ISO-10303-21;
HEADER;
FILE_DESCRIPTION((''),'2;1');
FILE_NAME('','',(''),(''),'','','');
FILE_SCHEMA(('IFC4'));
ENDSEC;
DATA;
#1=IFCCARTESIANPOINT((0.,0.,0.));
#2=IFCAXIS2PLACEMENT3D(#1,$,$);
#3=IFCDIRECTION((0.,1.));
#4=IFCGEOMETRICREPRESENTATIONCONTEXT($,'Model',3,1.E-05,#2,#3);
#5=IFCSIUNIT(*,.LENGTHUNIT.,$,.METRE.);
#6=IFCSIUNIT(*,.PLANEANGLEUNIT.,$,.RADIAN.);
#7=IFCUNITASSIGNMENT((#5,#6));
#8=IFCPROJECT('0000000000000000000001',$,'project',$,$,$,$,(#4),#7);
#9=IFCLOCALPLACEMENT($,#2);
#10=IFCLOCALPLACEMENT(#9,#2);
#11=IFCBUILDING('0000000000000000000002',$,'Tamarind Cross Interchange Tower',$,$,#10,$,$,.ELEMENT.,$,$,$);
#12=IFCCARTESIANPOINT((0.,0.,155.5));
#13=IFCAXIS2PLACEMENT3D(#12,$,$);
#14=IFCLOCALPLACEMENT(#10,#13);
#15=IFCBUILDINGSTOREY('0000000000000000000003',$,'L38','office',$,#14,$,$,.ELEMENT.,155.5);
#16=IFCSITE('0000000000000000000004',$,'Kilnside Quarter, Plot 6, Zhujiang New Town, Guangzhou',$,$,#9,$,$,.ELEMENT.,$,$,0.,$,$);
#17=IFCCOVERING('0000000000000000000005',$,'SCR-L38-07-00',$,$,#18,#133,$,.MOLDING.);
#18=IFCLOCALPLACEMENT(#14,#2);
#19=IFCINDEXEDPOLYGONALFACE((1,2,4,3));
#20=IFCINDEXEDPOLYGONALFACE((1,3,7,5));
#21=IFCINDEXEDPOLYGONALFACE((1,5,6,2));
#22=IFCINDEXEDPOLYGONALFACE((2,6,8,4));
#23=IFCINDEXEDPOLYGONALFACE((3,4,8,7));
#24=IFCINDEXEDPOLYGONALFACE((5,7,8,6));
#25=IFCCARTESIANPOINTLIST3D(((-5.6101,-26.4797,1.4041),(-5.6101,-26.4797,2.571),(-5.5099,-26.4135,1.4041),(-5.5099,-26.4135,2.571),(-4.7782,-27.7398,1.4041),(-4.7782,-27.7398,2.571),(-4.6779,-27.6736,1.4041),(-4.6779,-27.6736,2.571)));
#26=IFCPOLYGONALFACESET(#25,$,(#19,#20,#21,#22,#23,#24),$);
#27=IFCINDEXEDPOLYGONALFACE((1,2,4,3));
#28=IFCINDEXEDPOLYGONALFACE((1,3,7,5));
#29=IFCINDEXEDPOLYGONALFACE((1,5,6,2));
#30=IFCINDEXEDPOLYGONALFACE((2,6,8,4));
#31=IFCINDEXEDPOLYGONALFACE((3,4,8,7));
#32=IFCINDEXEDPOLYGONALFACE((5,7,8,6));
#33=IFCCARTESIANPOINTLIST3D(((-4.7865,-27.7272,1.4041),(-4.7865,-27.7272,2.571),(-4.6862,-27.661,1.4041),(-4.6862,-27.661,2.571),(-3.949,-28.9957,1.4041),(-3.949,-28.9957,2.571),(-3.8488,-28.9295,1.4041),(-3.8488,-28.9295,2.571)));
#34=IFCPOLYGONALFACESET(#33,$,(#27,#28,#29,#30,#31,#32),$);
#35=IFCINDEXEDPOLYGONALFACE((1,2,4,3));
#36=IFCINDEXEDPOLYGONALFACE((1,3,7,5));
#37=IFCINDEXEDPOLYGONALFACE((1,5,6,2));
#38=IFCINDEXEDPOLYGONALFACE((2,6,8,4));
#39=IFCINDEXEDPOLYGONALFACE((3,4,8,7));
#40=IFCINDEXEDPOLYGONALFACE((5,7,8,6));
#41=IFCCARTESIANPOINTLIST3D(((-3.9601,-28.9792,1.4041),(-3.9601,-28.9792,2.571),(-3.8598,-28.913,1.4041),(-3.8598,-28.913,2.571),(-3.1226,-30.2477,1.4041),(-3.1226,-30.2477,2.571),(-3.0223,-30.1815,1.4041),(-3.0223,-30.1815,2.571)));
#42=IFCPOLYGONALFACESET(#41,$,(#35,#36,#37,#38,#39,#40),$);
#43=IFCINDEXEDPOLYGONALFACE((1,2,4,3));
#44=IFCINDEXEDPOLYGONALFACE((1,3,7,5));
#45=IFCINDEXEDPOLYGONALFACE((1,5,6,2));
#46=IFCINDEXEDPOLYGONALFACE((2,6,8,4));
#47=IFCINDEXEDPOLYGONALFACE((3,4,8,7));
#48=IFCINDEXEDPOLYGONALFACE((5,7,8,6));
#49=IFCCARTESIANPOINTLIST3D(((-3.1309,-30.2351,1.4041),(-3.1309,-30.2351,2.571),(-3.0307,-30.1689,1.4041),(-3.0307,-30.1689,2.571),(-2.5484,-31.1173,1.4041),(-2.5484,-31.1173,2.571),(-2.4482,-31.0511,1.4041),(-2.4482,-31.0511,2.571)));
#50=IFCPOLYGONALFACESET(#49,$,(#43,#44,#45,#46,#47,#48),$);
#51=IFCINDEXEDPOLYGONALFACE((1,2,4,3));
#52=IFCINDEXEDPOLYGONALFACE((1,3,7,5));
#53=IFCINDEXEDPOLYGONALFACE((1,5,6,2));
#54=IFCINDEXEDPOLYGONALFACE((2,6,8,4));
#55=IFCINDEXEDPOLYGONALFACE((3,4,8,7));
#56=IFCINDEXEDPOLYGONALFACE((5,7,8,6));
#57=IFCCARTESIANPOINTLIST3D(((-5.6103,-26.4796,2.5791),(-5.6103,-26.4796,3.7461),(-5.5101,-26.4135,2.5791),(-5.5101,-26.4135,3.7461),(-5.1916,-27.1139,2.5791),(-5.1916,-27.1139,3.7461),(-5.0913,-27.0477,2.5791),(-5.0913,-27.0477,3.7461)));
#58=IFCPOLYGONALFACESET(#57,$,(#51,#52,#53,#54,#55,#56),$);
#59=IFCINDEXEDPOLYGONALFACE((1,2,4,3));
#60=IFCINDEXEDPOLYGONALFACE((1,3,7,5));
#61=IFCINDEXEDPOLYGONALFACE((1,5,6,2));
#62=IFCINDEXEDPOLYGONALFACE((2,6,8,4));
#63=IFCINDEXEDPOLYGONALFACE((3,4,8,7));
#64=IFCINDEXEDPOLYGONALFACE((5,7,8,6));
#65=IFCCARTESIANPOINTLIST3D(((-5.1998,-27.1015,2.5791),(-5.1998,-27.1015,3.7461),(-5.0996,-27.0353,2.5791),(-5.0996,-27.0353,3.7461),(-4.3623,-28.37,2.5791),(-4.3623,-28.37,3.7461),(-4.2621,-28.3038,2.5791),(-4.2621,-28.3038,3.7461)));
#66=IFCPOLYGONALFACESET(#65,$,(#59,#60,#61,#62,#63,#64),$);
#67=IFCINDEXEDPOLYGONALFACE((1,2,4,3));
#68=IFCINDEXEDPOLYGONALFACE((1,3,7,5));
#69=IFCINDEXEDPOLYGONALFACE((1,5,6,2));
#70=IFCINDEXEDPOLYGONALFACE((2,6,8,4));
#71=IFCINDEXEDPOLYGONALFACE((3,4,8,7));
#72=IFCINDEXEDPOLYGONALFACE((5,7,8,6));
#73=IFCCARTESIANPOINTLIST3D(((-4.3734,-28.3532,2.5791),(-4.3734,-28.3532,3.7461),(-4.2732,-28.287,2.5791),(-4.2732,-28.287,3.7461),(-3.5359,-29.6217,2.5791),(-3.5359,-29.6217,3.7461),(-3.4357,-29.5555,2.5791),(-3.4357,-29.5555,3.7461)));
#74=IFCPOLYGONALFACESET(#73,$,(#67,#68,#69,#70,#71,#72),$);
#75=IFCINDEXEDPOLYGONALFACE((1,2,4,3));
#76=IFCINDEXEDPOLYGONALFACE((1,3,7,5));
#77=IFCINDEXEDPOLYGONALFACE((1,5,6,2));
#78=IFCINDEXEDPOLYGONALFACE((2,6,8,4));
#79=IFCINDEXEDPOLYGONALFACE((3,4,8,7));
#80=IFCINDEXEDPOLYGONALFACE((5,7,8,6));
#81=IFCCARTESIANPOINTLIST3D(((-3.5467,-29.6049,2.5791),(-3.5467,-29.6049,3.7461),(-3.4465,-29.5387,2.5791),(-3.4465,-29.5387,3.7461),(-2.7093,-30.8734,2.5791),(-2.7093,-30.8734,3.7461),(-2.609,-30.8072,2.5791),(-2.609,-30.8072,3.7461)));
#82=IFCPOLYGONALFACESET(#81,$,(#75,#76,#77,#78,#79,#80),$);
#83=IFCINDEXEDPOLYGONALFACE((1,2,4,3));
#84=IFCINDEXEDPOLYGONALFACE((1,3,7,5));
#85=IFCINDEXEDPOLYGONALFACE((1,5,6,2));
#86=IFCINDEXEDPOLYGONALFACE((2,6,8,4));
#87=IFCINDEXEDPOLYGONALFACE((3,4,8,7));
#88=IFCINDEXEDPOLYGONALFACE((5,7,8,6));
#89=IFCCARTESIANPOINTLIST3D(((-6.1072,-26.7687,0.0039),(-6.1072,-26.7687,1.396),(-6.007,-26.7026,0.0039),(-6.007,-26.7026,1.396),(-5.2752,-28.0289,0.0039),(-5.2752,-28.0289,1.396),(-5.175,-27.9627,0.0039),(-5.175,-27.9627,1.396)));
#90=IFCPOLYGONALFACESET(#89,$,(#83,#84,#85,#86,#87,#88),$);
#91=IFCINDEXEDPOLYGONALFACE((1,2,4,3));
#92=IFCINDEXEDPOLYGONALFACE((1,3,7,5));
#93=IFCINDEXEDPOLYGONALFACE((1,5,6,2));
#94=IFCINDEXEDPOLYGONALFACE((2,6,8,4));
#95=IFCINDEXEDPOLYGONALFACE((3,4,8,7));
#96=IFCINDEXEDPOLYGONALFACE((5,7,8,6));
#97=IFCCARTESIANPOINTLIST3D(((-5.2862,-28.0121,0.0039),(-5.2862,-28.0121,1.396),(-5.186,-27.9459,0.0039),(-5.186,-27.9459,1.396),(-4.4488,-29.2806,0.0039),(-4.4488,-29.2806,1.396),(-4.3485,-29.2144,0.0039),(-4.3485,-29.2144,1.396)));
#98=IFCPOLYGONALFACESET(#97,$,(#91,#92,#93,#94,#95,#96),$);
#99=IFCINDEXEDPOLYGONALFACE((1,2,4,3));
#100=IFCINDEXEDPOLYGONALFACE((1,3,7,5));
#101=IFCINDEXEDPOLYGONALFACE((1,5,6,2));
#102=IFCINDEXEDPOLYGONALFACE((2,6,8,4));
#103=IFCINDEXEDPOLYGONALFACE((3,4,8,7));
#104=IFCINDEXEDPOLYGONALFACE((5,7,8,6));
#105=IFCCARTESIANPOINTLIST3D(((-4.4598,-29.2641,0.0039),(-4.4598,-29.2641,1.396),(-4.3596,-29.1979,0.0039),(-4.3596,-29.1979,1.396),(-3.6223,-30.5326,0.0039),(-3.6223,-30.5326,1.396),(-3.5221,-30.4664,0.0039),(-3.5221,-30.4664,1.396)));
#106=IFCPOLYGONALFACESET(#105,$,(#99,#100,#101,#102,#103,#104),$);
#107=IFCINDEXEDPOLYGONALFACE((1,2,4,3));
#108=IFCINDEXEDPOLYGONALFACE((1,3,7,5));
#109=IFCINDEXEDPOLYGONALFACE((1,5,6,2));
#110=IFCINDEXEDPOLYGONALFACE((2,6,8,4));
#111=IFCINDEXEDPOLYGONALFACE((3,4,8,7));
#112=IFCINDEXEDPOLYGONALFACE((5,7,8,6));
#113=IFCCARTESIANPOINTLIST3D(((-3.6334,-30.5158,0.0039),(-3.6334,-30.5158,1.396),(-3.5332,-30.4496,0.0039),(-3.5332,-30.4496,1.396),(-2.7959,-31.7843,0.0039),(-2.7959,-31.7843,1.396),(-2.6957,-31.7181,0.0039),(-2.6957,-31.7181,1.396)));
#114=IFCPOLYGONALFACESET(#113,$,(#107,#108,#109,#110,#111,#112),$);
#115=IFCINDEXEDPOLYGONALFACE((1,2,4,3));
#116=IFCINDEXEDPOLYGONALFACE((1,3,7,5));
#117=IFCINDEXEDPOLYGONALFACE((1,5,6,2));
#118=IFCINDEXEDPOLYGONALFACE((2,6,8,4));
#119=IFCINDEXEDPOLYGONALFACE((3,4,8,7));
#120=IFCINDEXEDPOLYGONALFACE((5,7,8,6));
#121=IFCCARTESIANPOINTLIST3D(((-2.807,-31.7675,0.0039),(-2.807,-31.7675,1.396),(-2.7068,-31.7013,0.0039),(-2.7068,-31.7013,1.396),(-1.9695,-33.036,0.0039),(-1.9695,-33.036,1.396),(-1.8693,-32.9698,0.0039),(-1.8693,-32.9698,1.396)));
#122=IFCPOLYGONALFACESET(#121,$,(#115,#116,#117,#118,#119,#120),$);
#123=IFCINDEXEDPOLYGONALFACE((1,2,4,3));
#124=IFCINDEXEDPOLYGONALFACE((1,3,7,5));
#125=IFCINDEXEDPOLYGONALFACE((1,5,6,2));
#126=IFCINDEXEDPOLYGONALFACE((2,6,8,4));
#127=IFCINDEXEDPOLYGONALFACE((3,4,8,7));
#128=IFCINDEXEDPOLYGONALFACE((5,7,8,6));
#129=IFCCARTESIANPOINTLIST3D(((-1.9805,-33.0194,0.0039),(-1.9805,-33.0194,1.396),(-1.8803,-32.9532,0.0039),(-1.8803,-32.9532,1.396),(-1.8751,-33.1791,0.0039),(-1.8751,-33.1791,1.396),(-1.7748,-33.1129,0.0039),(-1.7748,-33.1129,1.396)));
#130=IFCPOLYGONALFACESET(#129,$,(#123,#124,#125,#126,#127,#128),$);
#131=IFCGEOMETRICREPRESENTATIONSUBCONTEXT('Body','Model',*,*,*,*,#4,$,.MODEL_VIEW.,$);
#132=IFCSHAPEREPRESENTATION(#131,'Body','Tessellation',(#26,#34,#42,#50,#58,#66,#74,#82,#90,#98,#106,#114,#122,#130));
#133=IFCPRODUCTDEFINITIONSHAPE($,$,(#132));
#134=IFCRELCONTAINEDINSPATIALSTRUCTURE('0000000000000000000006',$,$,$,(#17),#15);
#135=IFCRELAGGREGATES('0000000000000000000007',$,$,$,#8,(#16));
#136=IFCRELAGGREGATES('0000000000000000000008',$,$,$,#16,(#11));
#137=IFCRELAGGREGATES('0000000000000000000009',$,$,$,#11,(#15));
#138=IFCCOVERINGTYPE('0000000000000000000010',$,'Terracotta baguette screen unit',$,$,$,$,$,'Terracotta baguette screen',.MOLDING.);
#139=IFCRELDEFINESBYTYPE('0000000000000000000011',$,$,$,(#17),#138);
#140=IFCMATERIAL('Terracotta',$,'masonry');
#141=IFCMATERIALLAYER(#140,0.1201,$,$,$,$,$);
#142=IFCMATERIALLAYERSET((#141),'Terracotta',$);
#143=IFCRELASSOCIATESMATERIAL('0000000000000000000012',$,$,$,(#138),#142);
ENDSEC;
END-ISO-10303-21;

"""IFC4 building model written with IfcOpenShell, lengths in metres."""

from ifc_helpers import new_model, si_unit, direction, frame, origin, origin_2d, place, context, subcontext, project, spatial, rectangle, extrude, material, layer, layer_set, type_object, element, save


model = new_model("IFC4")

# Units and contexts
model_context = context("Model", 3, precision=1e-05, world=origin(), true_north=direction((0.0, 1.0)))
body_context = subcontext(model_context, "Body", "Model", "MODEL_VIEW")
ifc_project = project(units=[si_unit("LENGTHUNIT", "METRE"), si_unit("PLANEANGLEUNIT", "RADIAN")], contexts=[model_context])

# Site, building, storey
site_placement = place(None, origin())
site = spatial("IfcSite", under=ifc_project, at=site_placement, Name="Kilnside Quarter, Plot 6, Zhujiang New Town, Guangzhou", CompositionType="ELEMENT", RefElevation=0.0)
building_placement = place(site_placement, origin())
building = spatial("IfcBuilding", under=site, at=building_placement, Name="Tamarind Cross Interchange Tower", CompositionType="ELEMENT")
storey_placement = place(building_placement, frame((0.0, 0.0, 155.5)))
storey = spatial("IfcBuildingStorey", under=building, at=storey_placement, Name="L38", Description="office", CompositionType="ELEMENT", Elevation=155.5)

# Covering
ifc_material_1 = material(Name="Terracotta", Category="masonry")
ifc_layer_1 = layer(ifc_material_1, 0.1201)
ifc_layer_set_1 = layer_set([ifc_layer_1], Name="Terracotta")
covering_type = type_object("IfcCoveringType", Name="Terracotta baguette screen unit", ElementType="Terracotta baguette screen", PredefinedType="MOLDING", material=ifc_layer_set_1)
covering_1_placement = place(storey_placement, origin())
element("IfcCovering", 1, at=covering_1_placement, inside=storey, type_object=covering_type, Name="SCR-L38-07-00", PredefinedType="MOLDING", context=body_context, shape_type="SweptSolid", body=[
    extrude(rectangle(XDim=1.51, YDim=0.1201, at=origin_2d()), frame((-5.144, -27.0767, 1.4041), z_axis=(0.0, 0.0, 1.0), x_axis=(0.55097, -0.834525, 0.0)), (0.0, 0.0, 1.0), 1.167),
    extrude(rectangle(XDim=1.52, YDim=0.1201, at=origin_2d()), frame((-4.3176, -28.3284, 1.4041), z_axis=(0.0, 0.0, 1.0), x_axis=(0.55097, -0.834525, 0.0)), (0.0, 0.0, 1.0), 1.167),
    extrude(rectangle(XDim=1.52, YDim=0.1201, at=origin_2d()), frame((-3.4912, -29.5803, 1.4041), z_axis=(0.0, 0.0, 1.0), x_axis=(0.55097, -0.834525, 0.0)), (0.0, 0.0, 1.0), 1.167),
    extrude(rectangle(XDim=1.0571, YDim=0.1201, at=origin_2d()), frame((-2.7896, -30.6431, 1.4041), z_axis=(0.0, 0.0, 1.0), x_axis=(0.55097, -0.834525, 0.0)), (0.0, 0.0, 1.0), 1.167),
    extrude(rectangle(XDim=0.76, YDim=0.1201, at=origin_2d()), frame((-5.3508, -26.7637, 2.5791), z_axis=(0.0, 0.0, 1.0), x_axis=(0.55097, -0.834525, 0.0)), (0.0, 0.0, 1.0), 1.167),
    extrude(rectangle(XDim=1.52, YDim=0.1201, at=origin_2d()), frame((-4.731, -27.7026, 2.5791), z_axis=(0.0, 0.0, 1.0), x_axis=(0.55097, -0.834525, 0.0)), (0.0, 0.0, 1.0), 1.167),
    extrude(rectangle(XDim=1.52, YDim=0.1201, at=origin_2d()), frame((-3.9045, -28.9543, 2.5791), z_axis=(0.0, 0.0, 1.0), x_axis=(0.55097, -0.834525, 0.0)), (0.0, 0.0, 1.0), 1.167),
    extrude(rectangle(XDim=1.52, YDim=0.1201, at=origin_2d()), frame((-3.0779, -30.2061, 2.5791), z_axis=(0.0, 0.0, 1.0), x_axis=(0.55097, -0.834525, 0.0)), (0.0, 0.0, 1.0), 1.167),
    extrude(rectangle(XDim=1.51, YDim=0.1201, at=origin_2d()), frame((-5.6411, -27.3657, 0.0039), z_axis=(0.0, 0.0, 1.0), x_axis=(0.55097, -0.834525, 0.0)), (0.0, 0.0, 1.0), 1.3921),
    extrude(rectangle(XDim=1.52, YDim=0.1201, at=origin_2d()), frame((-4.8174, -28.6133, 0.0039), z_axis=(0.0, 0.0, 1.0), x_axis=(0.55097, -0.834525, 0.0)), (0.0, 0.0, 1.0), 1.3921),
    extrude(rectangle(XDim=1.52, YDim=0.1201, at=origin_2d()), frame((-3.991, -29.8652, 0.0039), z_axis=(0.0, 0.0, 1.0), x_axis=(0.55097, -0.834525, 0.0)), (0.0, 0.0, 1.0), 1.3921),
    extrude(rectangle(XDim=1.52, YDim=0.1201, at=origin_2d()), frame((-3.1646, -31.1169, 0.0039), z_axis=(0.0, 0.0, 1.0), x_axis=(0.55097, -0.834525, 0.0)), (0.0, 0.0, 1.0), 1.3921),
    extrude(rectangle(XDim=1.52, YDim=0.1201, at=origin_2d()), frame((-2.3381, -32.3687, 0.0039), z_axis=(0.0, 0.0, 1.0), x_axis=(0.55097, -0.834525, 0.0)), (0.0, 0.0, 1.0), 1.3921),
    extrude(rectangle(XDim=0.1914, YDim=0.1201, at=origin_2d()), frame((-1.8777, -33.0662, 0.0039), z_axis=(0.0, 0.0, 1.0), x_axis=(0.55097, -0.834525, 0.0)), (0.0, 0.0, 1.0), 1.3921),
])

save(model, "model.ifc")
